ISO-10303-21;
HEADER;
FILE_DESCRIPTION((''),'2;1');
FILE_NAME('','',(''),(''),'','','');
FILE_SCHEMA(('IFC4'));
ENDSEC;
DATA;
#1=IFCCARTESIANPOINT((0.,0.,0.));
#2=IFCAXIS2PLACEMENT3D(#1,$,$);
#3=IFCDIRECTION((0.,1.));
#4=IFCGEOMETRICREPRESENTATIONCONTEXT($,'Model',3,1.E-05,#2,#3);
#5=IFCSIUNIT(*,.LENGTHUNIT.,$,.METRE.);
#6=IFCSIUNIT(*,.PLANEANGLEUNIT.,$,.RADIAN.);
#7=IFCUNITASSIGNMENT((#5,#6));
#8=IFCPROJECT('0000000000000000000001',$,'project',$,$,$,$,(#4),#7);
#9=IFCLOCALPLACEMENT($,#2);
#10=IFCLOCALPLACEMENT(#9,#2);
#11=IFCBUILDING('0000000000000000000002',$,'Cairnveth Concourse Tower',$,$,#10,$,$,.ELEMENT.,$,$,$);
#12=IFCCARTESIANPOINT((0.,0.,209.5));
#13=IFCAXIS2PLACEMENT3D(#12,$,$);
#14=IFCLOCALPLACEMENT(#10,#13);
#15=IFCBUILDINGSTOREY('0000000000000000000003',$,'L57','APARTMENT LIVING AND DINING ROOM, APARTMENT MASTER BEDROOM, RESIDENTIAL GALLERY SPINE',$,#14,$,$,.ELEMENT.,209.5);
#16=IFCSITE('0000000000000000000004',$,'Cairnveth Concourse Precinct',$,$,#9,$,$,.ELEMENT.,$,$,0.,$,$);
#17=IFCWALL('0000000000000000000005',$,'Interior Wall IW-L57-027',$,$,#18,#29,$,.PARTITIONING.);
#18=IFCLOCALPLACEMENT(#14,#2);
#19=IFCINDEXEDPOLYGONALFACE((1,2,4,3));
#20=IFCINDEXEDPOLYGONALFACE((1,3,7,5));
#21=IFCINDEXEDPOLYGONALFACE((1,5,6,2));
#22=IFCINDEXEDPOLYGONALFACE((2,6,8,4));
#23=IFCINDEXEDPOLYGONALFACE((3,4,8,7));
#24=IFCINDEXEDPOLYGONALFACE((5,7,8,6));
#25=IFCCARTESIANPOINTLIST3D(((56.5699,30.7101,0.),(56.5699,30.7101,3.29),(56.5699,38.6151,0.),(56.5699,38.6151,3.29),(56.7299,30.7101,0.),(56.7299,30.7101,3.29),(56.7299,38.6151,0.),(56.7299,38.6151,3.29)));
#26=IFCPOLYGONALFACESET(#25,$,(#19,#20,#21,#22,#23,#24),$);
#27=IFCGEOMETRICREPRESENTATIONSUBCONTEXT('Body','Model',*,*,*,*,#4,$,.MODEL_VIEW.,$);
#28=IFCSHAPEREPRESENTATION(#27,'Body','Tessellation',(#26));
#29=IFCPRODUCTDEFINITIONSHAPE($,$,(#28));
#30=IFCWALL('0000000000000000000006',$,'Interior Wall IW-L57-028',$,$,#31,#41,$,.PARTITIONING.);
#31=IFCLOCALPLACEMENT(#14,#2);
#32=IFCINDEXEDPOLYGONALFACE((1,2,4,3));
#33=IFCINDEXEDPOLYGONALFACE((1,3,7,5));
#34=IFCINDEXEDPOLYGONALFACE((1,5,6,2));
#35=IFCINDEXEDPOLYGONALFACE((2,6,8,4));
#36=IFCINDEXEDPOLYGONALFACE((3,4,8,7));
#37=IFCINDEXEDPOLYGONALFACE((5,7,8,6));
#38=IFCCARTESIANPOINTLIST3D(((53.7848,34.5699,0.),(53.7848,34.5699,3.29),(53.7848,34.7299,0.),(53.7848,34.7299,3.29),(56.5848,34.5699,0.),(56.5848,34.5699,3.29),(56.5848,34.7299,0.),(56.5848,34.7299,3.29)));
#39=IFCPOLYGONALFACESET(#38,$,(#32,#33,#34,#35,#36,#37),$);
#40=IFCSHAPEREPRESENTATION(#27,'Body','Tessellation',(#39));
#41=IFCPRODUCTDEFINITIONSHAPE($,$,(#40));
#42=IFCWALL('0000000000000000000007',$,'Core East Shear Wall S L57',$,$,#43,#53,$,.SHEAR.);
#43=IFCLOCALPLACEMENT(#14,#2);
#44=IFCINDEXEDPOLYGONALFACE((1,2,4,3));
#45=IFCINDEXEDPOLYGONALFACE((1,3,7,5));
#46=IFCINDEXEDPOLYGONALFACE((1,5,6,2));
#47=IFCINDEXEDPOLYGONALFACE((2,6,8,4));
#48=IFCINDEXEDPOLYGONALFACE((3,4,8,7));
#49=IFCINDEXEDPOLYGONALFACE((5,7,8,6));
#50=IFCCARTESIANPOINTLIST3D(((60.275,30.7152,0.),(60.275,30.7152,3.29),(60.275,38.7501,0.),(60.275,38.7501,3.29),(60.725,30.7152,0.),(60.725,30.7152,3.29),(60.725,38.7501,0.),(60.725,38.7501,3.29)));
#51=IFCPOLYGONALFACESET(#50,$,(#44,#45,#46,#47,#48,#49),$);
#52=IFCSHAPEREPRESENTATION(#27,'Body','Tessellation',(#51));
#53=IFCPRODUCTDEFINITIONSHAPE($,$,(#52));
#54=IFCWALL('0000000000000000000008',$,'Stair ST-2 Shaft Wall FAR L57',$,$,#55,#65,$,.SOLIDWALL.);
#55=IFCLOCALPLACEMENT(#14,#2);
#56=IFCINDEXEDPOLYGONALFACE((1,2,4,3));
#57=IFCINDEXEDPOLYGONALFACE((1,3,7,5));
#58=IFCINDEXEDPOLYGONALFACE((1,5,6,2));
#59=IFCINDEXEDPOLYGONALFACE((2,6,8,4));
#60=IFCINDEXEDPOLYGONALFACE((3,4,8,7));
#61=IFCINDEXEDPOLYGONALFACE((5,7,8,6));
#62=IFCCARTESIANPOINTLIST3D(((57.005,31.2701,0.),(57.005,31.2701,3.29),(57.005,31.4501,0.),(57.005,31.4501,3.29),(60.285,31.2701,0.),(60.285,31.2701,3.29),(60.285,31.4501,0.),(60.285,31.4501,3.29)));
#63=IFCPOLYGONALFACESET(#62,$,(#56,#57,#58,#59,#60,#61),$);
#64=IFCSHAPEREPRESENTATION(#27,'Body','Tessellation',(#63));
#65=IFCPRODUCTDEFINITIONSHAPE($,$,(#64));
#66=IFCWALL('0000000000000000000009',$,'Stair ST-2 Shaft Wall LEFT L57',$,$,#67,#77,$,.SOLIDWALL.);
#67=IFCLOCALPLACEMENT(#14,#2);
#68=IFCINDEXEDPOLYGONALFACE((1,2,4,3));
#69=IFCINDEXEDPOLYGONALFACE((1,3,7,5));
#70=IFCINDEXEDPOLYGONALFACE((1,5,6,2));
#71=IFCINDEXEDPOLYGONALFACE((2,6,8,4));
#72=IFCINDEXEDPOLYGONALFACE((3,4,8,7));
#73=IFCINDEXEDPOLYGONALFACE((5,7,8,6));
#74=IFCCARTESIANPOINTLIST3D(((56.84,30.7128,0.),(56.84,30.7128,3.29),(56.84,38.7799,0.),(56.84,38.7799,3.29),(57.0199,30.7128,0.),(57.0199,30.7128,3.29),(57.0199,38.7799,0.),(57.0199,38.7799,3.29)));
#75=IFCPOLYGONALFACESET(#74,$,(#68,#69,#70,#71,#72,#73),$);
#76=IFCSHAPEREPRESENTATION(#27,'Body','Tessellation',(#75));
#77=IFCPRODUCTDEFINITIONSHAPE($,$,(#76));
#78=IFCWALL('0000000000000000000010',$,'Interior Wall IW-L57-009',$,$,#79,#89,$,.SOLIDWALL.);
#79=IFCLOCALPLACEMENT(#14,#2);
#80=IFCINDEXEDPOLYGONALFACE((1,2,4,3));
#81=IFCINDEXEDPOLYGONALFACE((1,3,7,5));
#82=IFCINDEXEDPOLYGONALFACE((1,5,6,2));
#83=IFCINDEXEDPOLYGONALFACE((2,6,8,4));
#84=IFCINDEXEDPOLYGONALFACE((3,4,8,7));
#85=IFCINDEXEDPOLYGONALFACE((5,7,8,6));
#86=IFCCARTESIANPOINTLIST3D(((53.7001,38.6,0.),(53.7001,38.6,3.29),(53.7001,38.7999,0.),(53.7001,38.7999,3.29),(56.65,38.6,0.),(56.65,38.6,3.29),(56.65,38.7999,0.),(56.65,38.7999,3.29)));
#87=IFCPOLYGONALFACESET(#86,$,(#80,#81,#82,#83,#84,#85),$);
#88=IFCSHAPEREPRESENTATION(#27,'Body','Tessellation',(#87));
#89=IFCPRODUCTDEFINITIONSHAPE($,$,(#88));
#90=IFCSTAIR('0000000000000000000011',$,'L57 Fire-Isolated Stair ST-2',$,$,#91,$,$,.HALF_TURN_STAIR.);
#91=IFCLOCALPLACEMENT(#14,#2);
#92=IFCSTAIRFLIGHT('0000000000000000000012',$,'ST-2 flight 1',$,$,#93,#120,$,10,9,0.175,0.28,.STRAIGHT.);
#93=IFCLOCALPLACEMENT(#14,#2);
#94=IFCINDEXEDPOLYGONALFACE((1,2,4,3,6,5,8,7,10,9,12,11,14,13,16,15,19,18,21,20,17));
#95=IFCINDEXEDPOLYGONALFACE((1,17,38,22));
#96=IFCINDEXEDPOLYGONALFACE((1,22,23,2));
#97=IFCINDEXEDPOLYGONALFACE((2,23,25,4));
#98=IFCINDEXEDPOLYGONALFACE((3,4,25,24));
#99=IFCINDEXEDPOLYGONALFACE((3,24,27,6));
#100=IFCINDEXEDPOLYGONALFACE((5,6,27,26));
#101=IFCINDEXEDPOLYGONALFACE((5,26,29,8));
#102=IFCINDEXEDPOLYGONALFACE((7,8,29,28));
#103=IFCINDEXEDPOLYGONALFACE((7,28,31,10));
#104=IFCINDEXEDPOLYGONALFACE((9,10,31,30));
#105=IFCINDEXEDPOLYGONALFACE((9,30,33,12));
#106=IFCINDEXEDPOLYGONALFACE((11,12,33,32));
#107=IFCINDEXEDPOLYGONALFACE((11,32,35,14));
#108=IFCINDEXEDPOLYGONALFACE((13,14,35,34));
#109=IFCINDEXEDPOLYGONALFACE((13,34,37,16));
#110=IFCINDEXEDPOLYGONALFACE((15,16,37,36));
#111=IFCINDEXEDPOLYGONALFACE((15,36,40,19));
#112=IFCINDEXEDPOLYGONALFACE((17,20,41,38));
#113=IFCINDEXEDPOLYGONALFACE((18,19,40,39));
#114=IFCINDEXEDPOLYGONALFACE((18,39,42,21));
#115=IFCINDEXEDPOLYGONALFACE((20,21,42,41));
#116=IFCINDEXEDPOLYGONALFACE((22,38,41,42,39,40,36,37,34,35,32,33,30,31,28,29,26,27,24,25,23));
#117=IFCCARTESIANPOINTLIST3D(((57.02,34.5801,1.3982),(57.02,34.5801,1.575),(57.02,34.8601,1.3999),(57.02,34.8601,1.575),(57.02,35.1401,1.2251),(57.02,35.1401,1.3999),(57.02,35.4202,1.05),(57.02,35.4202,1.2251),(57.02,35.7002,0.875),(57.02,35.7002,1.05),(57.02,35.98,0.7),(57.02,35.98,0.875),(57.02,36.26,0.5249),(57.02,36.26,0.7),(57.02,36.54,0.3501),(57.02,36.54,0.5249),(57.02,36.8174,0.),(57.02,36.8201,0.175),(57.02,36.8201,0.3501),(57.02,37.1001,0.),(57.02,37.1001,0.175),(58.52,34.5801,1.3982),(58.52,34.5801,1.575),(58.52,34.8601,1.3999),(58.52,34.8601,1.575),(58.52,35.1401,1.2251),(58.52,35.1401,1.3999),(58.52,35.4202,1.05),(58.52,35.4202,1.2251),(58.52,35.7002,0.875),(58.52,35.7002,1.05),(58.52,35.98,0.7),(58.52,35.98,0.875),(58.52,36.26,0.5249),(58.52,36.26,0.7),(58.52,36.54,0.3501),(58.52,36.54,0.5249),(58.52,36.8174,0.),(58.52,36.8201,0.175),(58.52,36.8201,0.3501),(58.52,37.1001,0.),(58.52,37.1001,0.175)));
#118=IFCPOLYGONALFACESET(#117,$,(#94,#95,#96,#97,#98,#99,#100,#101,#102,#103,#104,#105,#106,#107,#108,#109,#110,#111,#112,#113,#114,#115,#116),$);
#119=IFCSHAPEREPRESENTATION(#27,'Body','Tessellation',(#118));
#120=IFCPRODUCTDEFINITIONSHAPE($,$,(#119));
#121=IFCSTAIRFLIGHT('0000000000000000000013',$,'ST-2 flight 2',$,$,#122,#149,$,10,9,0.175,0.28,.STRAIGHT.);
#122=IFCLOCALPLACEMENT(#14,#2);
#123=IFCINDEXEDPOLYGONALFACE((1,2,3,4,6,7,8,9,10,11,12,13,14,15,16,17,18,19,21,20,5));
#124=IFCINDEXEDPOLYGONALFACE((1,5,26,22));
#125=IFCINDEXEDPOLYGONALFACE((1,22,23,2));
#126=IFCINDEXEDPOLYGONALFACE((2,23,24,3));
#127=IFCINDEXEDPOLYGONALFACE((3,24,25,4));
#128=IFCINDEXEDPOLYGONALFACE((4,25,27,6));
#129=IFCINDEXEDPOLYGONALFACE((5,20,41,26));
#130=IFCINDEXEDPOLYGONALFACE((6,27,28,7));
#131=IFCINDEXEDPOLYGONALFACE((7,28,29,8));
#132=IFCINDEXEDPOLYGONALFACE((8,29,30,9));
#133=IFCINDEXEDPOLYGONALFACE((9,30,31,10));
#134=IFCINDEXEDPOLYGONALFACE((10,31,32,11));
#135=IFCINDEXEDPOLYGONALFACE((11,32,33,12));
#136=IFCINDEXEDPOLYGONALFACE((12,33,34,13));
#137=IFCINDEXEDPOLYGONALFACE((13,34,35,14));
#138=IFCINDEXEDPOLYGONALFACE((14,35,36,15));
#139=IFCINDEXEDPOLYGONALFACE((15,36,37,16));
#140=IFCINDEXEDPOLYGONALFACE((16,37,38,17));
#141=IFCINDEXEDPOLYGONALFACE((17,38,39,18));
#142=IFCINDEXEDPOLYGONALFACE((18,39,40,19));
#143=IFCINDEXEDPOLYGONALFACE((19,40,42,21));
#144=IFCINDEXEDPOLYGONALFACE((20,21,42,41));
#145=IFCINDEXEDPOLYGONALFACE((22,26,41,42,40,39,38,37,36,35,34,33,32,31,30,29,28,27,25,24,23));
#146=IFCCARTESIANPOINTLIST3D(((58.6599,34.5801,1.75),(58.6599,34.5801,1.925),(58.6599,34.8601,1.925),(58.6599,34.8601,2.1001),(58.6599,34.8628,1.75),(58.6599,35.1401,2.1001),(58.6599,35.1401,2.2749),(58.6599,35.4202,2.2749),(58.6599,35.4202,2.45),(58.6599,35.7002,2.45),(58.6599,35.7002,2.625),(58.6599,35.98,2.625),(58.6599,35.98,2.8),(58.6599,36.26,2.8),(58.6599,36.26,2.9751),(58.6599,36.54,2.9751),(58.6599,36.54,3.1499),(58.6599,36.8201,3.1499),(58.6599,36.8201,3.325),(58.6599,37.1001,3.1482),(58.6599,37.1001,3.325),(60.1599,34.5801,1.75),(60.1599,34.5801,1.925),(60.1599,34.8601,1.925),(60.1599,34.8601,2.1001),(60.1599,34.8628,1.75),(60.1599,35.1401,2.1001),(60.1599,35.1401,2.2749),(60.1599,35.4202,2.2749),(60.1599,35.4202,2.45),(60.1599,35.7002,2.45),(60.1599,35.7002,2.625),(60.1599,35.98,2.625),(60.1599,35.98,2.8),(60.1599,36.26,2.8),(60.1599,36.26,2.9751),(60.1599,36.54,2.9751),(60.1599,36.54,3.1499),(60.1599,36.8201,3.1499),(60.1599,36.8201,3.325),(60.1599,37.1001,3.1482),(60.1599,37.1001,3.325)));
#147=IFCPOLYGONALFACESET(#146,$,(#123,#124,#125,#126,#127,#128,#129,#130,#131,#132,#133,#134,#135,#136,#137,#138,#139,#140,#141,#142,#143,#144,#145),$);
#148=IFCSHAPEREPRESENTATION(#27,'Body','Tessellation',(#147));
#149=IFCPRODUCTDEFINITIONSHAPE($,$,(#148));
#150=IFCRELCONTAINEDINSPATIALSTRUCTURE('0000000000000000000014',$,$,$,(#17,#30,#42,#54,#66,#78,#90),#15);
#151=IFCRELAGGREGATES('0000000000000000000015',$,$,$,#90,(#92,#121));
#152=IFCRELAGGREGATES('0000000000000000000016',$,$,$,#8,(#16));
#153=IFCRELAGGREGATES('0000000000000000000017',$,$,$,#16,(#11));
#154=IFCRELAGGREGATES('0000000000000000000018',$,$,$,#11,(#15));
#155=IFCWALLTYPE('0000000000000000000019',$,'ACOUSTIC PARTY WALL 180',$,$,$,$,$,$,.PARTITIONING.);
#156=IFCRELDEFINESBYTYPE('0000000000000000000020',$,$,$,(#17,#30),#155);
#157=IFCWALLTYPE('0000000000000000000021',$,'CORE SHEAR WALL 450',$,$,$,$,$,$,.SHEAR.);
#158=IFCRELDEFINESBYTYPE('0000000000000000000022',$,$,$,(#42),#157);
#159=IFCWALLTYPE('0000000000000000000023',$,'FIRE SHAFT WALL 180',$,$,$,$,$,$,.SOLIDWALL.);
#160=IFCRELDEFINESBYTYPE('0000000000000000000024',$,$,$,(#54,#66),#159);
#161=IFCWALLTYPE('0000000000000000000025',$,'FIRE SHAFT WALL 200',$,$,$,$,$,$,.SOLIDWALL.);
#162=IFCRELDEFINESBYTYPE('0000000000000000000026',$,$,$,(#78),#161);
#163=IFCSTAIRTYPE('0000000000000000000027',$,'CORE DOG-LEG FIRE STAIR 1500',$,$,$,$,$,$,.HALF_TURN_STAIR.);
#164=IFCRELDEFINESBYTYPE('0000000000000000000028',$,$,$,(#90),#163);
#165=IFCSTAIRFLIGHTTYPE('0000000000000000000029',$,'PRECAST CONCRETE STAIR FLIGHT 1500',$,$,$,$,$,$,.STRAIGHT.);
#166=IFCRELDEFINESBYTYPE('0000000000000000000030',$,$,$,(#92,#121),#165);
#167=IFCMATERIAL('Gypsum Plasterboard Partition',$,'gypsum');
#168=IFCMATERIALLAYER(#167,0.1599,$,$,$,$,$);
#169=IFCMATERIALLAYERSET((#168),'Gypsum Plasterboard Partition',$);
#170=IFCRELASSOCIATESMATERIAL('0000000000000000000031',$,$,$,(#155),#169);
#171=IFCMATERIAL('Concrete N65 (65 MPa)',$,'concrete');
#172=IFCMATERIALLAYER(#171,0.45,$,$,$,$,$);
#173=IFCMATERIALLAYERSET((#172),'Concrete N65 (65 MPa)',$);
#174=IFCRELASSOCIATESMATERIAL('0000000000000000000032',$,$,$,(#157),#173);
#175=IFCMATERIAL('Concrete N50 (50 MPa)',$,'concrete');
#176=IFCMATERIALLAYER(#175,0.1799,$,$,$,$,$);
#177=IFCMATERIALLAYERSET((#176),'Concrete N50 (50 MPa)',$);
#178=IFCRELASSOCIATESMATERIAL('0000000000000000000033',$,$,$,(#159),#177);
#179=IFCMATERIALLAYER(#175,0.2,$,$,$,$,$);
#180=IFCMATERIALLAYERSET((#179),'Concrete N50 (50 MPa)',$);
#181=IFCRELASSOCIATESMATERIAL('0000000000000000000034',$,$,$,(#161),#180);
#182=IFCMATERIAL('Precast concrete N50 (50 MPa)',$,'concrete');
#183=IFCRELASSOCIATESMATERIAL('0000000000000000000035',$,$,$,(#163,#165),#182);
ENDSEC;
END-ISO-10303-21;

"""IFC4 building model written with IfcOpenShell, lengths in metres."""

from ifc_helpers import new_model, si_unit, direction, frame, frame_2d, origin, place, context, subcontext, project, spatial, polyline, rectangle, outline, extrude, material, layer, layer_set, type_object, element, aggregate, save


model = new_model("IFC4")

# Units and contexts
model_context = context("Model", 3, precision=1e-05, world=origin(), true_north=direction((0.0, 1.0)))
body_context = subcontext(model_context, "Body", "Model", "MODEL_VIEW")
ifc_project = project(units=[si_unit("LENGTHUNIT", "METRE"), si_unit("PLANEANGLEUNIT", "RADIAN")], contexts=[model_context])

# Site, building, storey
site_placement = place(None, origin())
site = spatial("IfcSite", under=ifc_project, at=site_placement, Name="Cairnveth Concourse Precinct", CompositionType="ELEMENT", RefElevation=0.0)
building_placement = place(site_placement, origin())
building = spatial("IfcBuilding", under=site, at=building_placement, Name="Cairnveth Concourse Tower", CompositionType="ELEMENT")
storey_placement = place(building_placement, frame((0.0, 0.0, 209.5)))
storey = spatial("IfcBuildingStorey", under=building, at=storey_placement, Name="L57", Description="APARTMENT LIVING AND DINING ROOM, APARTMENT MASTER BEDROOM, RESIDENTIAL GALLERY SPINE", CompositionType="ELEMENT", Elevation=209.5)

# Walls
ifc_material_1 = material(Name="Gypsum Plasterboard Partition", Category="gypsum")
ifc_layer_1 = layer(ifc_material_1, 0.1599)
ifc_layer_set_1 = layer_set([ifc_layer_1], Name="Gypsum Plasterboard Partition")
wall_type_1 = type_object("IfcWallType", Name="ACOUSTIC PARTY WALL 180", PredefinedType="PARTITIONING", material=ifc_layer_set_1)
wall_1_placement = place(storey_placement, frame((56.6499, 30.71, 0.0), z_axis=(0.0, 0.0, 1.0), x_axis=(0.0, 1.0, 0.0)))
element("IfcWall", 1, at=wall_1_placement, inside=storey, type_object=wall_type_1, Name="Interior Wall IW-L57-027", PredefinedType="PARTITIONING", context=body_context, shape_type="SweptSolid", body=[
    extrude(rectangle(XDim=7.905, YDim=0.1599, at=frame_2d((3.9526, 0.0))), origin(), (0.0, 0.0, 1.0), 3.29),
])
wall_2_placement = place(storey_placement, frame((53.7849, 34.6499, 0.0), z_axis=(0.0, 0.0, 1.0), x_axis=(1.0, 0.0, 0.0)))
element("IfcWall", 2, at=wall_2_placement, inside=storey, type_object=wall_type_1, Name="Interior Wall IW-L57-028", PredefinedType="PARTITIONING", context=body_context, shape_type="SweptSolid", body=[
    extrude(rectangle(XDim=2.8, YDim=0.1599, at=frame_2d((1.3999, 0.0))), origin(), (0.0, 0.0, 1.0), 3.29),
])
ifc_material_2 = material(Name="Concrete N65 (65 MPa)", Category="concrete")
ifc_layer_2 = layer(ifc_material_2, 0.45)
ifc_layer_set_2 = layer_set([ifc_layer_2], Name="Concrete N65 (65 MPa)")
wall_type_2 = type_object("IfcWallType", Name="CORE SHEAR WALL 450", PredefinedType="SHEAR", material=ifc_layer_set_2)
wall_3_placement = place(storey_placement, frame((60.5, 30.7151, 0.0), z_axis=(0.0, 0.0, 1.0), x_axis=(0.0, 1.0, 0.0)))
element("IfcWall", 3, at=wall_3_placement, inside=storey, type_object=wall_type_2, Name="Core East Shear Wall S L57", PredefinedType="SHEAR", context=body_context, shape_type="SweptSolid", body=[
    extrude(rectangle(XDim=8.0349, YDim=0.45, at=frame_2d((4.0176, 0.0))), origin(), (0.0, 0.0, 1.0), 3.29),
])

# Shared definitions
ifc_material_3 = material(Name="Concrete N50 (50 MPa)", Category="concrete")
ifc_layer_3 = layer(ifc_material_3, 0.1799)
ifc_layer_set_3 = layer_set([ifc_layer_3], Name="Concrete N50 (50 MPa)")
wall_type_3 = type_object("IfcWallType", Name="FIRE SHAFT WALL 180", PredefinedType="SOLIDWALL", material=ifc_layer_set_3)

# Walls
wall_4_placement = place(storey_placement, frame((57.0049, 31.3601, 0.0), z_axis=(0.0, 0.0, 1.0), x_axis=(1.0, 0.0, 0.0)))
element("IfcWall", 4, at=wall_4_placement, inside=storey, type_object=wall_type_3, Name="Stair ST-2 Shaft Wall FAR L57", PredefinedType="SOLIDWALL", context=body_context, shape_type="SweptSolid", body=[
    extrude(rectangle(XDim=3.28, YDim=0.1799, at=frame_2d((1.6401, 0.0))), origin(), (0.0, 0.0, 1.0), 3.29),
])
wall_5_placement = place(storey_placement, frame((56.9299, 38.78, 0.0), z_axis=(0.0, 0.0, 1.0), x_axis=(0.0, -1.0, 0.0)))
element("IfcWall", 5, at=wall_5_placement, inside=storey, type_object=wall_type_3, Name="Stair ST-2 Shaft Wall LEFT L57", PredefinedType="SOLIDWALL", context=body_context, shape_type="SweptSolid", body=[
    extrude(rectangle(XDim=8.0671, YDim=0.1799, at=frame_2d((4.0337, 0.0))), origin(), (0.0, 0.0, 1.0), 3.29),
])
ifc_layer_4 = layer(ifc_material_3, 0.2)
ifc_layer_set_4 = layer_set([ifc_layer_4], Name="Concrete N50 (50 MPa)")
wall_type_4 = type_object("IfcWallType", Name="FIRE SHAFT WALL 200", PredefinedType="SOLIDWALL", material=ifc_layer_set_4)
wall_6_placement = place(storey_placement, frame((53.7, 38.7, 0.0), z_axis=(0.0, 0.0, 1.0), x_axis=(1.0, 0.0, 0.0)))
element("IfcWall", 6, at=wall_6_placement, inside=storey, type_object=wall_type_4, Name="Interior Wall IW-L57-009", PredefinedType="SOLIDWALL", context=body_context, shape_type="SweptSolid", body=[
    extrude(rectangle(XDim=2.95, YDim=0.2, at=frame_2d((1.4751, 0.0))), origin(), (0.0, 0.0, 1.0), 3.29),
])

# Stair, stair flights
ifc_material_4 = material(Name="Precast concrete N50 (50 MPa)", Category="concrete")
stair_type = type_object("IfcStairType", Name="CORE DOG-LEG FIRE STAIR 1500", PredefinedType="HALF_TURN_STAIR", material=ifc_material_4)
stair_placement = place(storey_placement, origin())
stair = element("IfcStair", 7, at=stair_placement, inside=storey, type_object=stair_type, Name="L57 Fire-Isolated Stair ST-2", PredefinedType="HALF_TURN_STAIR")
stair_flight_type = type_object("IfcStairFlightType", Name="PRECAST CONCRETE STAIR FLIGHT 1500", PredefinedType="STRAIGHT", material=ifc_material_4)
stair_flight_1_placement = place(storey_placement, frame((57.77, 37.1001, 0.0), z_axis=(0.0, 0.0, 1.0), x_axis=(0.0, -1.0, 0.0)))
stair_flight_1 = element("IfcStairFlight", 8, at=stair_flight_1_placement, type_object=stair_flight_type, Name="ST-2 flight 1", NumberOfRisers=10, NumberOfTreads=9, PredefinedType="STRAIGHT", RiserHeight=0.175, TreadLength=0.28, context=body_context, shape_type="SweptSolid", body=[
    extrude(outline(polyline([(0.0, 0.0), (0.0, 0.175), (0.28, 0.175), (0.28, 0.3501), (0.5601, 0.3501), (0.5601, 0.5249), (0.8401, 0.5249), (0.8401, 0.7), (1.1201, 0.7), (1.1201, 0.875), (1.3999, 0.875), (1.3999, 1.05), (1.6799, 1.05), (1.6799, 1.2251), (1.96, 1.2251), (1.96, 1.3999), (2.24, 1.3999), (2.24, 1.575), (2.52, 1.575), (2.52, 1.75), (2.52, 1.3982), (0.2827, 0.0), (0.0, 0.0)])), frame((0.0, 0.75, 0.0), z_axis=(0.0, -1.0, 0.0), x_axis=(1.0, 0.0, 0.0)), (0.0, 0.0, 1.0), 1.5),
])
stair_flight_2_placement = place(storey_placement, frame((59.4099, 34.5801, 1.75), z_axis=(0.0, 0.0, 1.0), x_axis=(0.0, 1.0, 0.0)))
stair_flight_2 = element("IfcStairFlight", 9, at=stair_flight_2_placement, type_object=stair_flight_type, Name="ST-2 flight 2", NumberOfRisers=10, NumberOfTreads=9, PredefinedType="STRAIGHT", RiserHeight=0.175, TreadLength=0.28, context=body_context, shape_type="SweptSolid", body=[
    extrude(outline(polyline([(0.0, 0.0), (0.0, 0.175), (0.28, 0.175), (0.28, 0.3501), (0.5601, 0.3501), (0.5601, 0.5249), (0.8401, 0.5249), (0.8401, 0.7), (1.1201, 0.7), (1.1201, 0.875), (1.3999, 0.875), (1.3999, 1.05), (1.6799, 1.05), (1.6799, 1.2251), (1.96, 1.2251), (1.96, 1.3999), (2.24, 1.3999), (2.24, 1.575), (2.52, 1.575), (2.52, 1.75), (2.52, 1.3982), (0.2827, 0.0), (0.0, 0.0)])), frame((0.0, 0.75, 0.0), z_axis=(0.0, -1.0, 0.0), x_axis=(1.0, 0.0, 0.0)), (0.0, 0.0, 1.0), 1.5),
])
aggregate(stair, [stair_flight_1, stair_flight_2])

save(model, "model.ifc")
